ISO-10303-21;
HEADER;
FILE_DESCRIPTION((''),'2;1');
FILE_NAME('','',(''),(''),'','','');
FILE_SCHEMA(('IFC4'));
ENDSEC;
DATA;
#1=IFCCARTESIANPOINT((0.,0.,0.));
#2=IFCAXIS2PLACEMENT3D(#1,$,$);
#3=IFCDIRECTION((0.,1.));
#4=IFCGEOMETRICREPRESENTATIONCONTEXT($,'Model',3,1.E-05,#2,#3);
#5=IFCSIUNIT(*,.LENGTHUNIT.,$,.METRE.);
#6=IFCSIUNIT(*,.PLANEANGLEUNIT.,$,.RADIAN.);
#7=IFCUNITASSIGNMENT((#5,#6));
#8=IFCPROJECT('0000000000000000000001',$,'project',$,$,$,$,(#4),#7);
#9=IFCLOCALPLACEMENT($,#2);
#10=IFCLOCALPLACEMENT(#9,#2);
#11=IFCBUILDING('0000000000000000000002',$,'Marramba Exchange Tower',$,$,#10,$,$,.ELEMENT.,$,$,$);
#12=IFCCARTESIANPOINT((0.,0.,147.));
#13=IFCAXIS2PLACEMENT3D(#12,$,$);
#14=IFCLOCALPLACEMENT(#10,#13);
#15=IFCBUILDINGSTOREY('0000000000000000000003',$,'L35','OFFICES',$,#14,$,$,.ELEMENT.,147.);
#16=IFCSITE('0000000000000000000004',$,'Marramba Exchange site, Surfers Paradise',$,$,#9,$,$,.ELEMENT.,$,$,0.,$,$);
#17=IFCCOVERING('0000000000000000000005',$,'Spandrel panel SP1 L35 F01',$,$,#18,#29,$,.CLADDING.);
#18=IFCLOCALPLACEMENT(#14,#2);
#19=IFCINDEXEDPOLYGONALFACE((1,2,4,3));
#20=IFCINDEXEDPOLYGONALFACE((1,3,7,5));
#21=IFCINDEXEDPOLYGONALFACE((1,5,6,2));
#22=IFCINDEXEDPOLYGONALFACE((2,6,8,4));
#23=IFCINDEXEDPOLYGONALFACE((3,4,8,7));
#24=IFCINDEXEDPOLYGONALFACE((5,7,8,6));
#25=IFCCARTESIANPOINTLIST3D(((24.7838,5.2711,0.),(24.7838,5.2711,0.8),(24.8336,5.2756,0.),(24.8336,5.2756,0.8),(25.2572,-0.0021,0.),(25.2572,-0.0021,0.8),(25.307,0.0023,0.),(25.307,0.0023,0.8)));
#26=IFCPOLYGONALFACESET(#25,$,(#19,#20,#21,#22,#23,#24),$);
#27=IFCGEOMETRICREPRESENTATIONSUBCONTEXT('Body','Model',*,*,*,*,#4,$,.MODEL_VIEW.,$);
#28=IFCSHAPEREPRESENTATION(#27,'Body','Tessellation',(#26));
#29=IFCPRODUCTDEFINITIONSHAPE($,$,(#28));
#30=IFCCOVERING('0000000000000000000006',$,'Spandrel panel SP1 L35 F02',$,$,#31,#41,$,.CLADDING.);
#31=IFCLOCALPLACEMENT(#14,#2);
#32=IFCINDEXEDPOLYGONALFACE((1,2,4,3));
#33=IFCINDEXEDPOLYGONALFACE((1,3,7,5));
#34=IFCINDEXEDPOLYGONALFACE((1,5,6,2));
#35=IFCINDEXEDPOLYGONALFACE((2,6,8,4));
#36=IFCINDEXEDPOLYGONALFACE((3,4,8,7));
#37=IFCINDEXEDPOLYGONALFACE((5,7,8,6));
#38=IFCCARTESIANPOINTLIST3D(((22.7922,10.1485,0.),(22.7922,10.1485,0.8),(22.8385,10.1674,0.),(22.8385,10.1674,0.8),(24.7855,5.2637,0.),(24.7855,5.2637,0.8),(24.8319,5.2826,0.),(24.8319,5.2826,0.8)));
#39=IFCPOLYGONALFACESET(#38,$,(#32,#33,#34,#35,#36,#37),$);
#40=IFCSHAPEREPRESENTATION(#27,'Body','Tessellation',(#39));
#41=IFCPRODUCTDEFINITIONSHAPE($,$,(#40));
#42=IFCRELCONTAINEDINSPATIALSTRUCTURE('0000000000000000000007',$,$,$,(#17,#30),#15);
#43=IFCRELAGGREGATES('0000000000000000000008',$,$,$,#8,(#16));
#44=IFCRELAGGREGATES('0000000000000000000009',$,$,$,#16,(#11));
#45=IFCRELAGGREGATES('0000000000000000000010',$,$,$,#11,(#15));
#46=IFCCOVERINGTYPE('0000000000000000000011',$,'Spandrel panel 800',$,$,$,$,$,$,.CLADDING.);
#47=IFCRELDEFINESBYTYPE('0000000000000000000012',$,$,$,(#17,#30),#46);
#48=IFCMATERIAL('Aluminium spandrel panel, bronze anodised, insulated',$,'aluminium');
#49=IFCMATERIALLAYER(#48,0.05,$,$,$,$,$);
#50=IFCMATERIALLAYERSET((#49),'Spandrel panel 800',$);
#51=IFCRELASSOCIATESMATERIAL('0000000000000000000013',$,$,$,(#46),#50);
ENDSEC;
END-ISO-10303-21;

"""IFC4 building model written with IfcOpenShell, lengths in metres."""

from ifc_helpers import new_model, si_unit, direction, frame, origin, origin_2d, place, context, subcontext, project, spatial, rectangle, extrude, material, layer, layer_set, type_object, element, save


model = new_model("IFC4")

# Units and contexts
model_context = context("Model", 3, precision=1e-05, world=origin(), true_north=direction((0.0, 1.0)))
body_context = subcontext(model_context, "Body", "Model", "MODEL_VIEW")
ifc_project = project(units=[si_unit("LENGTHUNIT", "METRE"), si_unit("PLANEANGLEUNIT", "RADIAN")], contexts=[model_context])

# Site, building, storey
site_placement = place(None, origin())
site = spatial("IfcSite", under=ifc_project, at=site_placement, Name="Marramba Exchange site, Surfers Paradise", CompositionType="ELEMENT", RefElevation=0.0)
building_placement = place(site_placement, origin())
building = spatial("IfcBuilding", under=site, at=building_placement, Name="Marramba Exchange Tower", CompositionType="ELEMENT")
storey_placement = place(building_placement, frame((0.0, 0.0, 147.0)))
storey = spatial("IfcBuildingStorey", under=building, at=storey_placement, Name="L35", Description="OFFICES", CompositionType="ELEMENT", Elevation=147.0)

# Coverings
ifc_material_1 = material(Name="Aluminium spandrel panel, bronze anodised, insulated", Category="aluminium")
ifc_layer_1 = layer(ifc_material_1, 0.05)
ifc_layer_set_1 = layer_set([ifc_layer_1], Name="Spandrel panel 800")
covering_type = type_object("IfcCoveringType", Name="Spandrel panel 800", PredefinedType="CLADDING", material=ifc_layer_set_1)
covering_1_placement = place(storey_placement, frame((25.0454, 2.6367, 0.0), z_axis=(0.0, 0.0, 1.0), x_axis=(-0.089413, 0.995995, 0.0)))
element("IfcCovering", 1, at=covering_1_placement, inside=storey, type_object=covering_type, Name="Spandrel panel SP1 L35 F01", PredefinedType="CLADDING", context=body_context, shape_type="SweptSolid", body=[
    extrude(rectangle(XDim=5.2944, YDim=0.05, at=origin_2d()), origin(), (0.0, 0.0, 1.0), 0.8),
])
covering_2_placement = place(storey_placement, frame((23.812, 7.7156, 0.0), z_axis=(0.0, 0.0, 1.0), x_axis=(-0.377821, 0.925879, 0.0)))
element("IfcCovering", 2, at=covering_2_placement, inside=storey, type_object=covering_type, Name="Spandrel panel SP1 L35 F02", PredefinedType="CLADDING", context=body_context, shape_type="SweptSolid", body=[
    extrude(rectangle(XDim=5.2759, YDim=0.05, at=origin_2d()), origin(), (0.0, 0.0, 1.0), 0.8),
])

save(model, "model.ifc")
